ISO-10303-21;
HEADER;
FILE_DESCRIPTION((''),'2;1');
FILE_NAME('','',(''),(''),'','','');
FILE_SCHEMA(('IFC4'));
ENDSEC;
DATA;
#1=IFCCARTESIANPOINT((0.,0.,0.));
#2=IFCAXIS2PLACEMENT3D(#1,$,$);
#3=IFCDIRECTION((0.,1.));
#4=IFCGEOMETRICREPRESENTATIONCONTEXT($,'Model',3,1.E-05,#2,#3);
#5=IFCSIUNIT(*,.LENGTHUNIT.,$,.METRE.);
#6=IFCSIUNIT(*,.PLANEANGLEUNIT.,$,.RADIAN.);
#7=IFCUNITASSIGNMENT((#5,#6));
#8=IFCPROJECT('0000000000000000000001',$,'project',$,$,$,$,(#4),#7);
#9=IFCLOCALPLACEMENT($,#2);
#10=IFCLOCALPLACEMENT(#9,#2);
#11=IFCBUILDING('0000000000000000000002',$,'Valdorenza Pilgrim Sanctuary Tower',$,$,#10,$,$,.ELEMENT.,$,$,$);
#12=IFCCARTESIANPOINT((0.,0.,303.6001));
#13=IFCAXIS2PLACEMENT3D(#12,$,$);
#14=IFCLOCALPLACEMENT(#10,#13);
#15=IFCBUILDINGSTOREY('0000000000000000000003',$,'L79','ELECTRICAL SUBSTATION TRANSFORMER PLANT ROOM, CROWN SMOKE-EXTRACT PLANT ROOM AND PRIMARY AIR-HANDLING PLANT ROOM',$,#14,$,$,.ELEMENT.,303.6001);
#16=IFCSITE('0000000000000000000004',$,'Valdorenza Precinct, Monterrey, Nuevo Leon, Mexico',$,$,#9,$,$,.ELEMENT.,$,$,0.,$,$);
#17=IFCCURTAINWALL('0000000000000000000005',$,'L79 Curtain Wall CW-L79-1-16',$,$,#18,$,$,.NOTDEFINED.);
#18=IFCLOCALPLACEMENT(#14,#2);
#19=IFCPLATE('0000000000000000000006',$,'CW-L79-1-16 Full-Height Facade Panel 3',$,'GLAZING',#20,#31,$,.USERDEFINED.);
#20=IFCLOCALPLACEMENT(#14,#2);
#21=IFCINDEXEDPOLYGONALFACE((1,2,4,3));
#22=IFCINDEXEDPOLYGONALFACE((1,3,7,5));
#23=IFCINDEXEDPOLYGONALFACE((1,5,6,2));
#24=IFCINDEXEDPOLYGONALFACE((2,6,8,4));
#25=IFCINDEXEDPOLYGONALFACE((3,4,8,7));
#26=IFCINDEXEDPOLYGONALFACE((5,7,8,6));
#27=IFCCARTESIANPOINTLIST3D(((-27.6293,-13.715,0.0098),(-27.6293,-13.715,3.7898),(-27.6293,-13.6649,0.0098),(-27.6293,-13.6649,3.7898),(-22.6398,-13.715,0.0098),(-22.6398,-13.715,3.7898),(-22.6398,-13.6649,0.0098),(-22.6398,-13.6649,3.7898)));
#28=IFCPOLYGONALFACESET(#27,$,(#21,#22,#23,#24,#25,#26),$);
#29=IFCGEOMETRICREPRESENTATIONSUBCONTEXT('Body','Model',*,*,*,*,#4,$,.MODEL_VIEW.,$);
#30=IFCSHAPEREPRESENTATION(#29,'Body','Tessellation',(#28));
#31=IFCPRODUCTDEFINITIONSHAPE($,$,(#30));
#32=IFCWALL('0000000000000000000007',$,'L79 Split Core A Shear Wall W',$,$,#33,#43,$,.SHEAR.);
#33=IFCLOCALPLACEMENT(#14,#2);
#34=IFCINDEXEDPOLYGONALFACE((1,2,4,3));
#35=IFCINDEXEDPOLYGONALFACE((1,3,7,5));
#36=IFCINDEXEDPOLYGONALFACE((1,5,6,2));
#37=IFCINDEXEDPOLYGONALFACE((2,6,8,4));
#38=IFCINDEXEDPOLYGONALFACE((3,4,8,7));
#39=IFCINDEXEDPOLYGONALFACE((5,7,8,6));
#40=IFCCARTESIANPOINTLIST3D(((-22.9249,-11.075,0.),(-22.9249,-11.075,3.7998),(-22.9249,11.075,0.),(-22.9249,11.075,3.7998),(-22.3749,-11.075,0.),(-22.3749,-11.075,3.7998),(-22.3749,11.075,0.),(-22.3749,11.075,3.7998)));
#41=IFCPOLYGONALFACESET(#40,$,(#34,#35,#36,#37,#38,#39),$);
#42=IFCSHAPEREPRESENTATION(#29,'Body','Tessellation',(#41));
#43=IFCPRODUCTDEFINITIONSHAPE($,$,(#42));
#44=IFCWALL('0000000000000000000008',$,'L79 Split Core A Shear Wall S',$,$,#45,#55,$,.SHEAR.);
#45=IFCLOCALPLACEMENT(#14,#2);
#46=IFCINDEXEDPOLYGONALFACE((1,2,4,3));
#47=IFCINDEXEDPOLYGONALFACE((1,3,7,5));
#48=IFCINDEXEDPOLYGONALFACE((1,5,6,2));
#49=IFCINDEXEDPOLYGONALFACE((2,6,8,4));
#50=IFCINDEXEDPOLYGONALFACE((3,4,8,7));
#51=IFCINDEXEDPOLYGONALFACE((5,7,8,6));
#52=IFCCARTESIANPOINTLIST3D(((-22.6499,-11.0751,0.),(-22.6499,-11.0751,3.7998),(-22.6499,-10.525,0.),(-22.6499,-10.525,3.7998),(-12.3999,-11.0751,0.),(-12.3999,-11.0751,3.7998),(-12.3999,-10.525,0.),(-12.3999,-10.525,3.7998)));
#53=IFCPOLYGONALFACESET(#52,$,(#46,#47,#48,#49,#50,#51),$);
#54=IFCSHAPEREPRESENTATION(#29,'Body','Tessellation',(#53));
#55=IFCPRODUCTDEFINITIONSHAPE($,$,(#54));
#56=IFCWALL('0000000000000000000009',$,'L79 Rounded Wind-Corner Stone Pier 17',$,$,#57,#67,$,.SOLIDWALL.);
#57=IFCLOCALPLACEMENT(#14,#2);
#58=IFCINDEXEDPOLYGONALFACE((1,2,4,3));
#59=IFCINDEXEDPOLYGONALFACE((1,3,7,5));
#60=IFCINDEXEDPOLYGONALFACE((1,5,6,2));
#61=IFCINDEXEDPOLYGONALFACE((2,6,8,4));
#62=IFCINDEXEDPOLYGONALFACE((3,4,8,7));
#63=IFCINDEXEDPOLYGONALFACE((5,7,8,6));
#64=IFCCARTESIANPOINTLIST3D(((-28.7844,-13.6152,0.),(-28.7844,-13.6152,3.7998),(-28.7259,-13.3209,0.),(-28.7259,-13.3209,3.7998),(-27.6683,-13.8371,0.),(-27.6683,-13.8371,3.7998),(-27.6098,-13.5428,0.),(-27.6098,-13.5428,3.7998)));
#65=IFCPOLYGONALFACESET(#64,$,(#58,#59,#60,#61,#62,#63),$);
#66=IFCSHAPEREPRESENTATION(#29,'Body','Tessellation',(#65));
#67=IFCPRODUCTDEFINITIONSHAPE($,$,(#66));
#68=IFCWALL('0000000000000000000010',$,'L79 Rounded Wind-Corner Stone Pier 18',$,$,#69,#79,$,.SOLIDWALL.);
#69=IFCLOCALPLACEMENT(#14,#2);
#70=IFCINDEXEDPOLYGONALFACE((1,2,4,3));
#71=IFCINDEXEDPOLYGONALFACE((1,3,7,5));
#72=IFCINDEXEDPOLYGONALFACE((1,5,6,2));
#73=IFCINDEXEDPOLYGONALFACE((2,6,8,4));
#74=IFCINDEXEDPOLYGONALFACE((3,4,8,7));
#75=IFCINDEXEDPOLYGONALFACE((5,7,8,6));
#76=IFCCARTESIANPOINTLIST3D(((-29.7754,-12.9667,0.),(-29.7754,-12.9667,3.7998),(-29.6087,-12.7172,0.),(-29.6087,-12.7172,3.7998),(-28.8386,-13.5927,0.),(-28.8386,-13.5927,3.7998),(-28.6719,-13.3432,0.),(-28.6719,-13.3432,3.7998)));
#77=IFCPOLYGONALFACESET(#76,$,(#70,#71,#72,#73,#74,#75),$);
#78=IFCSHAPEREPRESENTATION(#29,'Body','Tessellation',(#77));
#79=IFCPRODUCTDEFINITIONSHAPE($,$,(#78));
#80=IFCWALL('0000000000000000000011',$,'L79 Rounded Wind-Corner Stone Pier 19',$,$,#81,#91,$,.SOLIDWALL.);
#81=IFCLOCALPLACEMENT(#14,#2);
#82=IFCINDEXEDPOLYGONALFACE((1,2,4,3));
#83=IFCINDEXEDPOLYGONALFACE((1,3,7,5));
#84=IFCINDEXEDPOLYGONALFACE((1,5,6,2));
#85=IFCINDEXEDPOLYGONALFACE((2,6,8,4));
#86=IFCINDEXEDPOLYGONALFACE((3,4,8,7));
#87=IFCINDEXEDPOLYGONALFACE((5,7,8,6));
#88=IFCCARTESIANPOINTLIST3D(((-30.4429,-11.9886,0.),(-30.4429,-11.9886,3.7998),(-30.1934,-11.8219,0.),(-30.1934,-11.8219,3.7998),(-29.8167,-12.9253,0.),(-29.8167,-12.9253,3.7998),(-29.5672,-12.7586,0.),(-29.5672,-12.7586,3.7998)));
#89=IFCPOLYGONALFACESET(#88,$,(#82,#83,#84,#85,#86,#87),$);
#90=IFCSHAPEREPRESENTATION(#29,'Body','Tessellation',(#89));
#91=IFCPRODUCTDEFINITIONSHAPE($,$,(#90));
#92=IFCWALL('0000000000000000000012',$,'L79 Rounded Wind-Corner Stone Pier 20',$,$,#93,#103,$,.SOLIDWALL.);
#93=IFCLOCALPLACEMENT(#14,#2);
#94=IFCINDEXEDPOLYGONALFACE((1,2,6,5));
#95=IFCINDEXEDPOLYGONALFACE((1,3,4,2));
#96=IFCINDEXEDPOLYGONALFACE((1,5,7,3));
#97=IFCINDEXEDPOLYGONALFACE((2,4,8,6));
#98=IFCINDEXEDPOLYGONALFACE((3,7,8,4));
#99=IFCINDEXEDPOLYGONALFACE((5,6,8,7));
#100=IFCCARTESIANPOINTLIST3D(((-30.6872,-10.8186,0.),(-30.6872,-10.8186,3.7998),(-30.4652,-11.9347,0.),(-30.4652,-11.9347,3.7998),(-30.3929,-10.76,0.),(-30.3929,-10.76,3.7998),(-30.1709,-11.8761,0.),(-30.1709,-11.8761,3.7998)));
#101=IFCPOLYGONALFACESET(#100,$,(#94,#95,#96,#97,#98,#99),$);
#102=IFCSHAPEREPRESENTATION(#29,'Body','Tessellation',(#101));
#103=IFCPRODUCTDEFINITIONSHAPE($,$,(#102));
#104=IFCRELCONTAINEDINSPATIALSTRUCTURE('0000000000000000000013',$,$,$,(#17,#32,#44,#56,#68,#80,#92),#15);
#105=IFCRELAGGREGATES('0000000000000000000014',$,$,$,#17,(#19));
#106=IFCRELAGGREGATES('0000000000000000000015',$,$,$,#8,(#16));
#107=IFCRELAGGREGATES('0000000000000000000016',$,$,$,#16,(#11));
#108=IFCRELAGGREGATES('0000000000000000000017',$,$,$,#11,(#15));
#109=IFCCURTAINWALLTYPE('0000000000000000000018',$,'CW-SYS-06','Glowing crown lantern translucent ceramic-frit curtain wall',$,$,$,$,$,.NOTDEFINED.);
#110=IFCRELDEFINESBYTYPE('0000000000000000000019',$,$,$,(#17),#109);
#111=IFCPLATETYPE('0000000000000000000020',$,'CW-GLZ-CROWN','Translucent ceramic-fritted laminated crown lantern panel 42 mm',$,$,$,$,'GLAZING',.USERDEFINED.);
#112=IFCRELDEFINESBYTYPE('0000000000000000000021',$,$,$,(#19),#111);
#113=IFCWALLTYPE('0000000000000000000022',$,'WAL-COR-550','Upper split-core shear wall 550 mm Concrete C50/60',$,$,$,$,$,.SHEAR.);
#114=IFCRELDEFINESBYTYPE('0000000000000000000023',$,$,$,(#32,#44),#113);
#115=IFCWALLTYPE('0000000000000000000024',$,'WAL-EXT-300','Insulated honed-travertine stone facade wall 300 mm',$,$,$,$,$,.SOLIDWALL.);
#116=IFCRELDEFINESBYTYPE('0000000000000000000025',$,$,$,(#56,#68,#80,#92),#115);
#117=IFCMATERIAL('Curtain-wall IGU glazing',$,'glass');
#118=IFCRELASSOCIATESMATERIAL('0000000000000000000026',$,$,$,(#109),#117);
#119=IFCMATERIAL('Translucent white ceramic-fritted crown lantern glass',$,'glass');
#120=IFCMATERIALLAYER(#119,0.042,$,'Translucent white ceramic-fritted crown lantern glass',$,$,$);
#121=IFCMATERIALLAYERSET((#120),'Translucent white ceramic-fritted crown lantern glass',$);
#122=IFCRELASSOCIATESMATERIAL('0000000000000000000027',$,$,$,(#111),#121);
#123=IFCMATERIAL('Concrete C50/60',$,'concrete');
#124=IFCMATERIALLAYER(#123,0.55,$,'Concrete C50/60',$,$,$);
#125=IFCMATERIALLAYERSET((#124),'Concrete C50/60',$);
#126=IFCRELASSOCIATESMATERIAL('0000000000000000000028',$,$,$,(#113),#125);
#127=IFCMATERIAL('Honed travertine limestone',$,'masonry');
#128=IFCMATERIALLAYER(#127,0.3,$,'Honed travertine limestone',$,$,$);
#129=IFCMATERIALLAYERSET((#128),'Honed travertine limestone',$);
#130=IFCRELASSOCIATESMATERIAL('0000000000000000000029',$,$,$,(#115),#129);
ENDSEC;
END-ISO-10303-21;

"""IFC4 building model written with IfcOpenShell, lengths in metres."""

from ifc_helpers import new_model, si_unit, direction, frame, frame_2d, origin, origin_2d, place, context, subcontext, project, spatial, rectangle, extrude, source, transform, mapped, material, layer, layer_set, type_object, element, aggregate, save


model = new_model("IFC4")

# Units and contexts
model_context = context("Model", 3, precision=1e-05, world=origin(), true_north=direction((0.0, 1.0)))
body_context = subcontext(model_context, "Body", "Model", "MODEL_VIEW")
ifc_project = project(units=[si_unit("LENGTHUNIT", "METRE"), si_unit("PLANEANGLEUNIT", "RADIAN")], contexts=[model_context])

# Site, building, storey
site_placement = place(None, origin())
site = spatial("IfcSite", under=ifc_project, at=site_placement, Name="Valdorenza Precinct, Monterrey, Nuevo Leon, Mexico", CompositionType="ELEMENT", RefElevation=0.0)
building_placement = place(site_placement, origin())
building = spatial("IfcBuilding", under=site, at=building_placement, Name="Valdorenza Pilgrim Sanctuary Tower", CompositionType="ELEMENT")
storey_placement = place(building_placement, frame((0.0, 0.0, 303.6001)))
storey = spatial("IfcBuildingStorey", under=building, at=storey_placement, Name="L79", Description="ELECTRICAL SUBSTATION TRANSFORMER PLANT ROOM, CROWN SMOKE-EXTRACT PLANT ROOM AND PRIMARY AIR-HANDLING PLANT ROOM", CompositionType="ELEMENT", Elevation=303.6001)

# Shared definitions
ifc_material_1 = material(Name="Concrete C50/60", Category="concrete")

# Shared definitions
ifc_material_2 = material(Name="Curtain-wall IGU glazing", Category="glass")
curtain_wall_type = type_object("IfcCurtainWallType", Name="CW-SYS-06", Description="Glowing crown lantern translucent ceramic-frit curtain wall", PredefinedType="NOTDEFINED", material=ifc_material_2)

# Curtain wall, plate
curtain_wall_1_placement = place(storey_placement, origin())
curtain_wall_1 = element("IfcCurtainWall", 1, at=curtain_wall_1_placement, inside=storey, type_object=curtain_wall_type, Name="L79 Curtain Wall CW-L79-1-16", PredefinedType="NOTDEFINED")
ifc_material_3 = material(Name="Translucent white ceramic-fritted crown lantern glass", Category="glass")
ifc_layer_1 = layer(ifc_material_3, 0.042, Name="Translucent white ceramic-fritted crown lantern glass")
ifc_layer_set_1 = layer_set([ifc_layer_1], Name="Translucent white ceramic-fritted crown lantern glass")
plate_type = type_object("IfcPlateType", Name="CW-GLZ-CROWN", Description="Translucent ceramic-fritted laminated crown lantern panel 42 mm", ElementType="GLAZING", PredefinedType="USERDEFINED", material=ifc_layer_set_1)
shared_shape_1 = source(origin(), body_context, "Body", "SweptSolid", [
    extrude(rectangle(XDim=4.9895, YDim=0.05, at=origin_2d()), origin(), (0.0, 0.0, 1.0), 3.78),
])
plate_placement = place(storey_placement, frame((-25.1345, -13.6899, 0.0098), z_axis=(0.0, 0.0, 1.0), x_axis=(-1.0, 0.0, 0.0)))
plate = element("IfcPlate", 2, at=plate_placement, type_object=plate_type, Name="CW-L79-1-16 Full-Height Facade Panel 3", ObjectType="GLAZING", PredefinedType="USERDEFINED", context=body_context, shape_type="MappedRepresentation", body=[
    mapped(shared_shape_1, transform((0.0, 0.0, 0.0), x_axis=(1.0, 0.0, 0.0), y_axis=(0.0, 1.0, 0.0), z_axis=(0.0, 0.0, 1.0), scale=1.0)),
])
aggregate(curtain_wall_1, [plate])

# Walls
ifc_layer_2 = layer(ifc_material_1, 0.55, Name="Concrete C50/60")
ifc_layer_set_2 = layer_set([ifc_layer_2], Name="Concrete C50/60")
wall_type_1 = type_object("IfcWallType", Name="WAL-COR-550", Description="Upper split-core shear wall 550 mm Concrete C50/60", PredefinedType="SHEAR", material=ifc_layer_set_2)
wall_1_placement = place(storey_placement, frame((-22.6499, -11.075, 0.0), z_axis=(0.0, 0.0, 1.0), x_axis=(0.0, 1.0, 0.0)))
element("IfcWall", 3, at=wall_1_placement, inside=storey, type_object=wall_type_1, Name="L79 Split Core A Shear Wall W", PredefinedType="SHEAR", context=body_context, shape_type="SweptSolid", body=[
    extrude(rectangle(XDim=22.1499, YDim=0.55, at=frame_2d((11.075, 0.0))), origin(), (0.0, 0.0, 1.0), 3.7998),
])
wall_2_placement = place(storey_placement, frame((-22.6499, -10.8, 0.0), z_axis=(0.0, 0.0, 1.0), x_axis=(1.0, 0.0, 0.0)))
element("IfcWall", 4, at=wall_2_placement, inside=storey, type_object=wall_type_1, Name="L79 Split Core A Shear Wall S", PredefinedType="SHEAR", context=body_context, shape_type="SweptSolid", body=[
    extrude(rectangle(XDim=10.25, YDim=0.55, at=frame_2d((5.125, 0.0))), origin(), (0.0, 0.0, 1.0), 3.7998),
])
ifc_material_4 = material(Name="Honed travertine limestone", Category="masonry")
ifc_layer_3 = layer(ifc_material_4, 0.3, Name="Honed travertine limestone")
ifc_layer_set_3 = layer_set([ifc_layer_3], Name="Honed travertine limestone")
wall_type_2 = type_object("IfcWallType", Name="WAL-EXT-300", Description="Insulated honed-travertine stone facade wall 300 mm", PredefinedType="SOLIDWALL", material=ifc_layer_set_3)
wall_3_placement = place(storey_placement, frame((-27.6392, -13.6899, 0.0), z_axis=(0.0, 0.0, 1.0), x_axis=(-0.980795, 0.195043, 0.0)))
element("IfcWall", 5, at=wall_3_placement, inside=storey, type_object=wall_type_2, Name="L79 Rounded Wind-Corner Stone Pier 17", PredefinedType="SOLIDWALL", context=body_context, shape_type="SweptSolid", body=[
    extrude(rectangle(XDim=1.1379, YDim=0.3, at=frame_2d((0.5688, 0.0))), origin(), (0.0, 0.0, 1.0), 3.7998),
])
for number, where, z_axis, x_axis, name in (
    (6, (-28.7551, -13.468, 0.0), (0.0, 0.0, 1.0), (-0.83145, 0.5556, 0.0), "L79 Rounded Wind-Corner Stone Pier 18"),
    (7, (-29.6919, -12.842, 0.0), (0.0, 0.0, 1.0), (-0.55575, 0.83135, 0.0), "L79 Rounded Wind-Corner Stone Pier 19"),
):
    element("IfcWall", number, at=place(storey_placement, frame(where, z_axis=z_axis, x_axis=x_axis)), inside=storey, type_object=wall_type_2, Name=name, PredefinedType="SOLIDWALL", context=body_context, shape_type="SweptSolid", body=[
        extrude(rectangle(XDim=1.1267, YDim=0.3, at=frame_2d((0.5635, 0.0))), origin(), (0.0, 0.0, 1.0), 3.7998),
    ])
wall_4_placement = place(storey_placement, frame((-30.3181, -11.9053, 0.0), z_axis=(0.0, 0.0, 1.0), x_axis=(-0.195043, 0.980795, 0.0)))
element("IfcWall", 8, at=wall_4_placement, inside=storey, type_object=wall_type_2, Name="L79 Rounded Wind-Corner Stone Pier 20", PredefinedType="SOLIDWALL", context=body_context, shape_type="SweptSolid", body=[
    extrude(rectangle(XDim=1.1379, YDim=0.3, at=frame_2d((0.5688, 0.0))), origin(), (0.0, 0.0, 1.0), 3.7998),
])

save(model, "model.ifc")
